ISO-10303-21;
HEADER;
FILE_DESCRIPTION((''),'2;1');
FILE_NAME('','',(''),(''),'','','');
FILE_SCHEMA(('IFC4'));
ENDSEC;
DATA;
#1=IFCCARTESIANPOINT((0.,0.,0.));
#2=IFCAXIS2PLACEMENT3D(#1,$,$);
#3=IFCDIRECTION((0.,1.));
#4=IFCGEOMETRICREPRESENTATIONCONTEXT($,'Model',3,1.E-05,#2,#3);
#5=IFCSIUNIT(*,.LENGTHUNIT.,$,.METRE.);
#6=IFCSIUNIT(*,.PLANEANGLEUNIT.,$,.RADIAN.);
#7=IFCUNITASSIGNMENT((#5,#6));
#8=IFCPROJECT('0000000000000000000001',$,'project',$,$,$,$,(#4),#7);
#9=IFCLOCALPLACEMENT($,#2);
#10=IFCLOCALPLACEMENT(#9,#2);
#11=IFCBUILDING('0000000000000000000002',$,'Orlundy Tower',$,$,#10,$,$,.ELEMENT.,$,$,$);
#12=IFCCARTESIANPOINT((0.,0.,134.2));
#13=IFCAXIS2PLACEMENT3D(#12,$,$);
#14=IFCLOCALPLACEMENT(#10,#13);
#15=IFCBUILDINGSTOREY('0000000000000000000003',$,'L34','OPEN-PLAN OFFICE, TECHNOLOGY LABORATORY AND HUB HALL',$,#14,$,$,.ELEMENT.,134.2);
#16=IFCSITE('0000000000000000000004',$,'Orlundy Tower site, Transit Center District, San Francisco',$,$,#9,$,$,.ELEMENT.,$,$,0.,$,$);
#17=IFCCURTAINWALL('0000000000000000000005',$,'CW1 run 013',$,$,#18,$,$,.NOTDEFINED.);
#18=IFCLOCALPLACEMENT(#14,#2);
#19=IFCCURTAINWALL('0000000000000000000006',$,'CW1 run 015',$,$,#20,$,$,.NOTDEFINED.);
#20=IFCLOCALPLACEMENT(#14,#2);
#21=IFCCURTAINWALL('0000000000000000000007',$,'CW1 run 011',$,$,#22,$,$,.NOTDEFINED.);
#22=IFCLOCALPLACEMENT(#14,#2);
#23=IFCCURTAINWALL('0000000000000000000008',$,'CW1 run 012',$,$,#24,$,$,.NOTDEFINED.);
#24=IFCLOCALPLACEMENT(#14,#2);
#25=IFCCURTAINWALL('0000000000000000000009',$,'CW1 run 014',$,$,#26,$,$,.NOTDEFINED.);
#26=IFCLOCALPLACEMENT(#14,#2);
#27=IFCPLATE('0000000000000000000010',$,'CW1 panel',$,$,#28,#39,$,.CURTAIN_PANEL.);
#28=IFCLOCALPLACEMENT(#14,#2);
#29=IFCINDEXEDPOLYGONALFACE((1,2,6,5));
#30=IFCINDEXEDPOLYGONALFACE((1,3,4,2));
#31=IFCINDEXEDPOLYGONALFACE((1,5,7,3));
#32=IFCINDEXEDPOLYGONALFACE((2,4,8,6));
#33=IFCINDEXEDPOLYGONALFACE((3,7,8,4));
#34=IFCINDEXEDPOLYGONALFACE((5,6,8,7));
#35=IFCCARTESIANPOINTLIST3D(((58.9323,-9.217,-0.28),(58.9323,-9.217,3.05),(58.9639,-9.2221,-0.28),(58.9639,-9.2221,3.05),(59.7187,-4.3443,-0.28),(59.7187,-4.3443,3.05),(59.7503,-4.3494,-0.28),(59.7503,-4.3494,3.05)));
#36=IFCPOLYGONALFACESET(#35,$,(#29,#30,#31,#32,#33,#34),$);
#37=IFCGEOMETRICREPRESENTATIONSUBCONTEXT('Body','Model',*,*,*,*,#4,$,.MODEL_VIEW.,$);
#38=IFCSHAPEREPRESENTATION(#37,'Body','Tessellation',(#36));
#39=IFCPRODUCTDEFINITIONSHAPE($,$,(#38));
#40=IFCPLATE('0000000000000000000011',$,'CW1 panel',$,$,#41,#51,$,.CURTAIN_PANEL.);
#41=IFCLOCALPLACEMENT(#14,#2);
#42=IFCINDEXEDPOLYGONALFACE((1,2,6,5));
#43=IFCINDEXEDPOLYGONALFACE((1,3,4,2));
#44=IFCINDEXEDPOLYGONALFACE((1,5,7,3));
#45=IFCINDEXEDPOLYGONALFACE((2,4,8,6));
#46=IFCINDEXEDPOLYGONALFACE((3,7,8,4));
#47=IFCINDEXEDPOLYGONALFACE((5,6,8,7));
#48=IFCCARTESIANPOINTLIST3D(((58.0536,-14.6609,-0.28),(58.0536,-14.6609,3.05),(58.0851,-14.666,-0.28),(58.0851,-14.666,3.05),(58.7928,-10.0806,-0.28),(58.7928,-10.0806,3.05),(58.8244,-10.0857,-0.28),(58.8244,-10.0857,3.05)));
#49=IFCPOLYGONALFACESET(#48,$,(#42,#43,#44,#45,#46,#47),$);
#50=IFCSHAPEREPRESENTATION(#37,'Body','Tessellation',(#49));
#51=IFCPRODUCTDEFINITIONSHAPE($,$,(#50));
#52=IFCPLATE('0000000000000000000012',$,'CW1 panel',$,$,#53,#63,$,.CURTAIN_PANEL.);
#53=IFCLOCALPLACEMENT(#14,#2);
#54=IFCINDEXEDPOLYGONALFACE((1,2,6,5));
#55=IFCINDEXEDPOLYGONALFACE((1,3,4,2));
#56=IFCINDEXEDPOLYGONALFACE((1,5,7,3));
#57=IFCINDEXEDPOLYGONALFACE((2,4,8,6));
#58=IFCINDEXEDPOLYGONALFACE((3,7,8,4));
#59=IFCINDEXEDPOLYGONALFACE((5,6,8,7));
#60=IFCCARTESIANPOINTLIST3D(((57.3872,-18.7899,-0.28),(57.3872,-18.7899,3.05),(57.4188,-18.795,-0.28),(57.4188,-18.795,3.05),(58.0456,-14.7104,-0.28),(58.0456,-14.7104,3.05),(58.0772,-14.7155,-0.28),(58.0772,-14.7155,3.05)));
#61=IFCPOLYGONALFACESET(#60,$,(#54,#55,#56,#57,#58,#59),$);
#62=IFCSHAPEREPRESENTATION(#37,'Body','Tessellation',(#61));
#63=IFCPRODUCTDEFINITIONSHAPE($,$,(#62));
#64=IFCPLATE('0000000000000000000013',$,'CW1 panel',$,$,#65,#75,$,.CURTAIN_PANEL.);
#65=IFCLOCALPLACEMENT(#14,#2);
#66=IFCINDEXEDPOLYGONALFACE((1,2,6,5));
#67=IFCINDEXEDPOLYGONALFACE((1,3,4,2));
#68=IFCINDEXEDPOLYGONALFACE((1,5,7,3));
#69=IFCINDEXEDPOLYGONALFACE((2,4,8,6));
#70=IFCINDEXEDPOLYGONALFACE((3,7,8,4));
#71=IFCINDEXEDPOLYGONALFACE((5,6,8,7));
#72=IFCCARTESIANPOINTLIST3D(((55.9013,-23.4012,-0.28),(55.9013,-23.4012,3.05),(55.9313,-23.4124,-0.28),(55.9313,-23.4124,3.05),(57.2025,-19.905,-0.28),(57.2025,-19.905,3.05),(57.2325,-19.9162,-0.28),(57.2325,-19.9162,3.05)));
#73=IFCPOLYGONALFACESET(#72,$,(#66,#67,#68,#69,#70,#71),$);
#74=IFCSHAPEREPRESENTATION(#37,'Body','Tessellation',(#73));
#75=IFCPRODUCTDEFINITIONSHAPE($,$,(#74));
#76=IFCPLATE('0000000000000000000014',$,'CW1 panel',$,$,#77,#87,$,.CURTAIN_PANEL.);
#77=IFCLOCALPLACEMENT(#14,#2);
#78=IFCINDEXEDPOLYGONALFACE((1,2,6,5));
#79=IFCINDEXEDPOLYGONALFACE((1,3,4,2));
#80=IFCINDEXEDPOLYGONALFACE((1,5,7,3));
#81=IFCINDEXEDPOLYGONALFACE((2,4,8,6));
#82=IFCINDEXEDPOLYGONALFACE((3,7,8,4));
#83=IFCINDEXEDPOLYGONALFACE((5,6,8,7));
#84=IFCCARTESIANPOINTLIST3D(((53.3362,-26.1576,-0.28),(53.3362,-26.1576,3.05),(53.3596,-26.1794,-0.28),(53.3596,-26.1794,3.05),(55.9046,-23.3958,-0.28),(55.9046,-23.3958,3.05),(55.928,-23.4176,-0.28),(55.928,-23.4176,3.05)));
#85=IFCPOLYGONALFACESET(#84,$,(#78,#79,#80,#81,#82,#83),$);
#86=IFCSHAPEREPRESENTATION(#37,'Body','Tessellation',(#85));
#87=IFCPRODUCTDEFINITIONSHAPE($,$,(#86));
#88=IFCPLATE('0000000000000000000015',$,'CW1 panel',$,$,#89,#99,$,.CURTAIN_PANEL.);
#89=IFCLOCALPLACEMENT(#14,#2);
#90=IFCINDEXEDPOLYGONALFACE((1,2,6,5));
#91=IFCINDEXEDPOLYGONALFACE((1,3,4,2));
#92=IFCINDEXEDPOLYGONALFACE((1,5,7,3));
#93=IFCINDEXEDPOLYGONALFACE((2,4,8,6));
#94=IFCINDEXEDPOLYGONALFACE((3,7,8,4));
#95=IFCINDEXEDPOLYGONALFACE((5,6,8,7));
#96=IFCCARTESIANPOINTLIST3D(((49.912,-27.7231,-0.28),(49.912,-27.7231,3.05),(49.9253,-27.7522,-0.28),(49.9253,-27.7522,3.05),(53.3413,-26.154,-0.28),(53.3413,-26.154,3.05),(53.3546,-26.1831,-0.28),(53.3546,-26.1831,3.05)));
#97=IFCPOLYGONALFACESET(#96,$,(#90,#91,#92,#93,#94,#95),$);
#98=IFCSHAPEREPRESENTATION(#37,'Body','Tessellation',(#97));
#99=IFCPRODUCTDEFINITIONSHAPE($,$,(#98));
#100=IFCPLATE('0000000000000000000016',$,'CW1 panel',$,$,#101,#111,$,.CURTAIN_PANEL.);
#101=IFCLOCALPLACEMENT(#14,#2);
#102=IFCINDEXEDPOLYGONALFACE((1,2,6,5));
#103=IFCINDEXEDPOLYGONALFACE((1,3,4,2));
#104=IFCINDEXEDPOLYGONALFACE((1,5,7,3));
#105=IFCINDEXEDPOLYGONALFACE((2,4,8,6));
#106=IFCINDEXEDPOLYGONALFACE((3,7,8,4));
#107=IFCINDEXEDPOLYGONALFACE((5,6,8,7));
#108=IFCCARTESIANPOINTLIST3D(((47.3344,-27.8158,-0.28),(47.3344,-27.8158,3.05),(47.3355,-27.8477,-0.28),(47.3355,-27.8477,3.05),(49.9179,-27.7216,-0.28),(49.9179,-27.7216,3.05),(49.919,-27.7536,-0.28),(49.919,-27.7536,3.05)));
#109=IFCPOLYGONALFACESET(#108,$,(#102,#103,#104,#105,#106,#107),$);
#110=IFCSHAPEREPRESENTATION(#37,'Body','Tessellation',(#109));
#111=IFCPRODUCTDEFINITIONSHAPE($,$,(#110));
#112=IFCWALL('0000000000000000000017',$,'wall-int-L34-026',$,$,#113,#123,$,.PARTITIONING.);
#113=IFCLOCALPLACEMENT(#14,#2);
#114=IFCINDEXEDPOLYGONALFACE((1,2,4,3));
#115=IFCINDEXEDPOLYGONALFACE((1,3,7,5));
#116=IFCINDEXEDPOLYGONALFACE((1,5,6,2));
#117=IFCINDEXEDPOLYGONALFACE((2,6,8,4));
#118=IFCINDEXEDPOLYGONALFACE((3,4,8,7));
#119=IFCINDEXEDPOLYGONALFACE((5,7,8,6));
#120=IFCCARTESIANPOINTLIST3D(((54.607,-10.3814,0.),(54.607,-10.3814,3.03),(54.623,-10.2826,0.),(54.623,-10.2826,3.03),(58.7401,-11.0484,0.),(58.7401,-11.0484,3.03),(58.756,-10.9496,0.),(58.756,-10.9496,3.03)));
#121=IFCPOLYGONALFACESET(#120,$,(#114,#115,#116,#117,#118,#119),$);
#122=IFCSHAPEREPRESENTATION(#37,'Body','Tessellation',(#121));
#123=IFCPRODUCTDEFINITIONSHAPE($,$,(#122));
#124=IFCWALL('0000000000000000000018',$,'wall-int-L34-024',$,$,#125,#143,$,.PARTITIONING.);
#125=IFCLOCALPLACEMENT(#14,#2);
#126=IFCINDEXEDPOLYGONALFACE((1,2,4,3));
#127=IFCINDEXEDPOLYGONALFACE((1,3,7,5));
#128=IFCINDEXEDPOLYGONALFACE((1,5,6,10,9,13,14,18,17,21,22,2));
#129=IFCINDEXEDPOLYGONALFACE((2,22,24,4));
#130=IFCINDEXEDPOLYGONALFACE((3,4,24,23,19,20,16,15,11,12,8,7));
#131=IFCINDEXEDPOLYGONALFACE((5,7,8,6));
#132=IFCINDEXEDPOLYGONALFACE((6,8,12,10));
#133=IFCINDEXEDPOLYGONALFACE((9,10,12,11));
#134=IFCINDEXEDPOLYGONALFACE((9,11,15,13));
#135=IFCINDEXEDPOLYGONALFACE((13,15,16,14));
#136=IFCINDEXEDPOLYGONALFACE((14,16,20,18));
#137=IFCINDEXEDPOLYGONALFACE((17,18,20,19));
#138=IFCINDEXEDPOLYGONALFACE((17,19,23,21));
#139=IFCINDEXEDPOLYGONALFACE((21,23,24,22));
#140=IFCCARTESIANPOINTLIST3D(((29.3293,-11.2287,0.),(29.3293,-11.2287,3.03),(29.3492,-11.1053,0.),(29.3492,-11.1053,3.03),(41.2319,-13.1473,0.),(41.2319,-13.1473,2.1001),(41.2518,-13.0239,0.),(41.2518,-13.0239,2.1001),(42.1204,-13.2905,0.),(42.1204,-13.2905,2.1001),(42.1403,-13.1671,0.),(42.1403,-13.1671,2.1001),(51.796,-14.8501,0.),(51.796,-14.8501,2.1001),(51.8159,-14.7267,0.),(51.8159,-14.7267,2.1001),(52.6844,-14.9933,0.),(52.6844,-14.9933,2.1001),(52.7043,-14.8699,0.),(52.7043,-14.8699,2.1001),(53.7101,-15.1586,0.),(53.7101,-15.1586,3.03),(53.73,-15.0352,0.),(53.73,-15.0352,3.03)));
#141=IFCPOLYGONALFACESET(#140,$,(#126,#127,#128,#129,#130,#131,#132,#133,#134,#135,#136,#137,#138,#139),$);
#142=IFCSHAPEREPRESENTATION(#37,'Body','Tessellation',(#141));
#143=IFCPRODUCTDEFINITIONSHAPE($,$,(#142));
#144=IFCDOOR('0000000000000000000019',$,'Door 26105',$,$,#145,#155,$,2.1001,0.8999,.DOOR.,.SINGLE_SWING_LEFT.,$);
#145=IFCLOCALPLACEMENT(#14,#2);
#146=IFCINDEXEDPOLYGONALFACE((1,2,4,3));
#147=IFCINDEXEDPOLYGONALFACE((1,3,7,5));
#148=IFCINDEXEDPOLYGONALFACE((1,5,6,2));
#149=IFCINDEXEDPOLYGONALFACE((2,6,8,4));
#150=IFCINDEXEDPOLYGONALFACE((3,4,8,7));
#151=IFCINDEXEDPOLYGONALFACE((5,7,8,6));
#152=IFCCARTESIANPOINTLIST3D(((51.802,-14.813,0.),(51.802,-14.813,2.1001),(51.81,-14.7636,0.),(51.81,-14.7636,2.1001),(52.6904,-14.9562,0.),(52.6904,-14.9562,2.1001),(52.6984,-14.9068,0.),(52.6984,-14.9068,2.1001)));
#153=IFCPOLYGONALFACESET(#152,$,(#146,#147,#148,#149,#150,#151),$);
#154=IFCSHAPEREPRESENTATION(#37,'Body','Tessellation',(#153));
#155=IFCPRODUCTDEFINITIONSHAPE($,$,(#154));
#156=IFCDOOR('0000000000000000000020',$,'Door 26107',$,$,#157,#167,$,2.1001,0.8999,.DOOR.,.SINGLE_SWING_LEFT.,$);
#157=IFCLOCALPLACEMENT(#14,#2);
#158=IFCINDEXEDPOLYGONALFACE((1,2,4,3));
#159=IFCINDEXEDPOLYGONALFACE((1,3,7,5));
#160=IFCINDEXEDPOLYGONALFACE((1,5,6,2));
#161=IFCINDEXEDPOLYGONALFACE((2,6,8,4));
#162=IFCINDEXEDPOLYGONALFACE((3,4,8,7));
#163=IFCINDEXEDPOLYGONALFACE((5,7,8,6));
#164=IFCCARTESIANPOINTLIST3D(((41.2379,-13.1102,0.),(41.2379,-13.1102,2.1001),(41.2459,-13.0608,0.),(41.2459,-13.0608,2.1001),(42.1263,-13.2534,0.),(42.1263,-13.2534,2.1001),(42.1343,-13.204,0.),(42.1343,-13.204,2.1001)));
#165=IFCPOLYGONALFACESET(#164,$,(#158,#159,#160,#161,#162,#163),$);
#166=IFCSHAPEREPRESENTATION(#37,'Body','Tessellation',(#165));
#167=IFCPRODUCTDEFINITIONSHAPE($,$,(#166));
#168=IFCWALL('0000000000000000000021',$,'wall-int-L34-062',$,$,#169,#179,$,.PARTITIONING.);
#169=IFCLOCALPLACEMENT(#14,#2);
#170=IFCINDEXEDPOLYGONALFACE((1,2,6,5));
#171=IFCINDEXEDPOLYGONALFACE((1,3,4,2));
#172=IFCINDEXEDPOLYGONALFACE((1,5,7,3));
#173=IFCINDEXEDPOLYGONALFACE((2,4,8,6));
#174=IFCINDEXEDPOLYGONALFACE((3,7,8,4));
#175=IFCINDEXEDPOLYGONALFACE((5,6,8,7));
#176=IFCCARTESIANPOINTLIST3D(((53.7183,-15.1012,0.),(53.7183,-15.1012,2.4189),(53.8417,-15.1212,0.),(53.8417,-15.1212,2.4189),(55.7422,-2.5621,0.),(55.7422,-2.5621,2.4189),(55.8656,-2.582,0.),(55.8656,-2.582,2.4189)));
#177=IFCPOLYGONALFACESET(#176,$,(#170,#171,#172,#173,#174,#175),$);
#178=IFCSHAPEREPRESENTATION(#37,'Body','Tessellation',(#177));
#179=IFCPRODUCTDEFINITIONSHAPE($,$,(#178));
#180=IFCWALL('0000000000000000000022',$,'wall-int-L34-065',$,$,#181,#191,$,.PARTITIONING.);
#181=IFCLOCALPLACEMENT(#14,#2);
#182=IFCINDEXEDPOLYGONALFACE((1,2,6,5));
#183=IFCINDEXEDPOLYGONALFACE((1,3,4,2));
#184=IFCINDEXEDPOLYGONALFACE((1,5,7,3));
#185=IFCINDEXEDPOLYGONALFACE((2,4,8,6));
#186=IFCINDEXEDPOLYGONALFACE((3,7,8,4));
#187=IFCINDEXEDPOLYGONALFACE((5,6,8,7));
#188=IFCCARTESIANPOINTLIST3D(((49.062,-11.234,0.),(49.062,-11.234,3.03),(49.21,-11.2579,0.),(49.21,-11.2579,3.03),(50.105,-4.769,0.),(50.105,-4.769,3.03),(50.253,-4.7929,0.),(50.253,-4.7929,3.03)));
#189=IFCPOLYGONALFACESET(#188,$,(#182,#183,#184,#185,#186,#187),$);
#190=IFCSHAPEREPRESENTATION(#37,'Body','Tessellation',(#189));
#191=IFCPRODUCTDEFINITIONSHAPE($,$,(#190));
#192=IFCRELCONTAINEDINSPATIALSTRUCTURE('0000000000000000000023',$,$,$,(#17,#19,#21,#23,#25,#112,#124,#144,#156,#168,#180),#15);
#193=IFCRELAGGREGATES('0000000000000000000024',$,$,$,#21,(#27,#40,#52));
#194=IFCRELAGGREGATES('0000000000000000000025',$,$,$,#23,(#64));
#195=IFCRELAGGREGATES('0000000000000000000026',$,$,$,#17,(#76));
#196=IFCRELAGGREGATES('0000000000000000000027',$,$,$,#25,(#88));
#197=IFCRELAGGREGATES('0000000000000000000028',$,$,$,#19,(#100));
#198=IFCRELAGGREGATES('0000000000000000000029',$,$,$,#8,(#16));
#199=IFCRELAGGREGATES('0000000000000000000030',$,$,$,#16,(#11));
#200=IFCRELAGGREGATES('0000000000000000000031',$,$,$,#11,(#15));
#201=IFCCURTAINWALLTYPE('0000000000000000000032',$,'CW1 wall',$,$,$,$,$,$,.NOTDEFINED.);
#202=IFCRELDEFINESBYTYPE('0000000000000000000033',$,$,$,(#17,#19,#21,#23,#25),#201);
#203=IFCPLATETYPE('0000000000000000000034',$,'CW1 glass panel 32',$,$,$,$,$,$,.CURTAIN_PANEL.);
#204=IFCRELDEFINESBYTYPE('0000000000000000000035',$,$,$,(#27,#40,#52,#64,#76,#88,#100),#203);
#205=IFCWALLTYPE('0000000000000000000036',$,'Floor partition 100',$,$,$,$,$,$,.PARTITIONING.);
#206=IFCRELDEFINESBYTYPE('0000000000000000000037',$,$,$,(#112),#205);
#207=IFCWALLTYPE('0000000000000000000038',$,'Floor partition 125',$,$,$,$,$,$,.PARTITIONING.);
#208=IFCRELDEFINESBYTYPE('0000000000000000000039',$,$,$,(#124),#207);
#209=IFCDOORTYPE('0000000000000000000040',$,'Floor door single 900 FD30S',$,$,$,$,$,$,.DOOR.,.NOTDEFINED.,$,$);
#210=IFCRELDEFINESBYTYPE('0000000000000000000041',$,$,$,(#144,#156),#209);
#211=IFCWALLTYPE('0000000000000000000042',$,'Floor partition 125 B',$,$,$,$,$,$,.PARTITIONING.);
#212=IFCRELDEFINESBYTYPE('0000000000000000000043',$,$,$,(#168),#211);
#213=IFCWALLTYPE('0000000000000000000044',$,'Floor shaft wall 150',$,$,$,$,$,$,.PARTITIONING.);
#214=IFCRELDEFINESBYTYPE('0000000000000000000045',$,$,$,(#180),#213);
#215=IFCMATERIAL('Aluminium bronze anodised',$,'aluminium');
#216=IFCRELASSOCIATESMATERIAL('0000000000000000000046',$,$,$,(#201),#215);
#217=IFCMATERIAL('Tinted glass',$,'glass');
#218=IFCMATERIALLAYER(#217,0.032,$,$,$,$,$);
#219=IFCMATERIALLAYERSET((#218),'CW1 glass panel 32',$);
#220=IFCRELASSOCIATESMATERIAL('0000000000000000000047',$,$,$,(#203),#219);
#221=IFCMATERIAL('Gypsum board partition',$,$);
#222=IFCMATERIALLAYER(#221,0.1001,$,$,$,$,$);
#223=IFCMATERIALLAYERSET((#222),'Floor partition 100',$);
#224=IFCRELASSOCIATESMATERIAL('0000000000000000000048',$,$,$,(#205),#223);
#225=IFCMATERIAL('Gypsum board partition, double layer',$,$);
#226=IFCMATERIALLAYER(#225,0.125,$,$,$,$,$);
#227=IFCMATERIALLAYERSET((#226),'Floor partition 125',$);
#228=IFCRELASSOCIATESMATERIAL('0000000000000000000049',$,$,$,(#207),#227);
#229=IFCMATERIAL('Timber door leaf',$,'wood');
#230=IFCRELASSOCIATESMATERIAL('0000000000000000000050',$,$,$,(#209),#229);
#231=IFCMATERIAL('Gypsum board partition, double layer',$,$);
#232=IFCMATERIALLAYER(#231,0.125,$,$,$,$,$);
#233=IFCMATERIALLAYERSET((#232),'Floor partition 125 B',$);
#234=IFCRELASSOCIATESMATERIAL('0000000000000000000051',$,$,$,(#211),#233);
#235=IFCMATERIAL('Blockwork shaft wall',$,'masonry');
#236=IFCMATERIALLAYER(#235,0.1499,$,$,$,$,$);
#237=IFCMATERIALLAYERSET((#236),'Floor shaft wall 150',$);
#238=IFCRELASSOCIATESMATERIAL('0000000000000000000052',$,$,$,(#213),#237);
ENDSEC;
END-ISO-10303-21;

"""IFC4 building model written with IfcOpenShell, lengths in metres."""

from ifc_helpers import new_model, si_unit, direction, frame, frame_2d, origin, origin_2d, place, context, subcontext, project, spatial, rectangle, extrude, material, layer, layer_set, type_object, element, fill, aggregate, save


model = new_model("IFC4")

# Units and contexts
model_context = context("Model", 3, precision=1e-05, world=origin(), true_north=direction((0.0, 1.0)))
body_context = subcontext(model_context, "Body", "Model", "MODEL_VIEW")
ifc_project = project(units=[si_unit("LENGTHUNIT", "METRE"), si_unit("PLANEANGLEUNIT", "RADIAN")], contexts=[model_context])

# Site, building, storey
site_placement = place(None, origin())
site = spatial("IfcSite", under=ifc_project, at=site_placement, Name="Orlundy Tower site, Transit Center District, San Francisco", CompositionType="ELEMENT", RefElevation=0.0)
building_placement = place(site_placement, origin())
building = spatial("IfcBuilding", under=site, at=building_placement, Name="Orlundy Tower", CompositionType="ELEMENT")
storey_placement = place(building_placement, frame((0.0, 0.0, 134.2)))
storey = spatial("IfcBuildingStorey", under=building, at=storey_placement, Name="L34", Description="OPEN-PLAN OFFICE, TECHNOLOGY LABORATORY AND HUB HALL", CompositionType="ELEMENT", Elevation=134.2)

# Curtain walls
ifc_material_1 = material(Name="Aluminium bronze anodised", Category="aluminium")
curtain_wall_type = type_object("IfcCurtainWallType", Name="CW1 wall", PredefinedType="NOTDEFINED", material=ifc_material_1)
curtain_wall_1_placement = place(storey_placement, origin())
curtain_wall_1 = element("IfcCurtainWall", 1, at=curtain_wall_1_placement, inside=storey, type_object=curtain_wall_type, Name="CW1 run 013", PredefinedType="NOTDEFINED")
curtain_wall_2_placement = place(storey_placement, origin())
curtain_wall_2 = element("IfcCurtainWall", 2, at=curtain_wall_2_placement, inside=storey, type_object=curtain_wall_type, Name="CW1 run 015", PredefinedType="NOTDEFINED")
curtain_wall_3_placement = place(storey_placement, origin())
curtain_wall_3 = element("IfcCurtainWall", 3, at=curtain_wall_3_placement, inside=storey, type_object=curtain_wall_type, Name="CW1 run 011", PredefinedType="NOTDEFINED")
curtain_wall_4_placement = place(storey_placement, origin())
curtain_wall_4 = element("IfcCurtainWall", 4, at=curtain_wall_4_placement, inside=storey, type_object=curtain_wall_type, Name="CW1 run 012", PredefinedType="NOTDEFINED")

# Curtain wall
curtain_wall_5_placement = place(storey_placement, origin())
curtain_wall_5 = element("IfcCurtainWall", 5, at=curtain_wall_5_placement, inside=storey, type_object=curtain_wall_type, Name="CW1 run 014", PredefinedType="NOTDEFINED")

# Plates
ifc_material_2 = material(Name="Tinted glass", Category="glass")
ifc_layer_1 = layer(ifc_material_2, 0.032)
ifc_layer_set_1 = layer_set([ifc_layer_1], Name="CW1 glass panel 32")
plate_type = type_object("IfcPlateType", Name="CW1 glass panel 32", PredefinedType="CURTAIN_PANEL", material=ifc_layer_set_1)
plate_1_placement = place(storey_placement, frame((59.3413, -6.7832, -0.28), z_axis=(0.0, 0.0, 1.0), x_axis=(-0.159331, -0.987225, 0.0)))
plate_1 = element("IfcPlate", 6, at=plate_1_placement, type_object=plate_type, Name="CW1 panel", PredefinedType="CURTAIN_PANEL", context=body_context, shape_type="SweptSolid", body=[
    extrude(rectangle(XDim=4.9358, YDim=0.032, at=origin_2d()), origin(), (0.0, 0.0, 1.0), 3.3301),
])
plate_2_placement = place(storey_placement, frame((58.439, -12.3733, -0.28), z_axis=(0.0, 0.0, 1.0), x_axis=(-0.159331, -0.987225, 0.0)))
plate_2 = element("IfcPlate", 7, at=plate_2_placement, type_object=plate_type, Name="CW1 panel", PredefinedType="CURTAIN_PANEL", context=body_context, shape_type="SweptSolid", body=[
    extrude(rectangle(XDim=4.6396, YDim=0.032, at=origin_2d()), origin(), (0.0, 0.0, 1.0), 3.3301),
])
plate_3_placement = place(storey_placement, frame((57.7322, -16.7527, -0.28), z_axis=(0.0, 0.0, 1.0), x_axis=(-0.159331, -0.987225, 0.0)))
plate_3 = element("IfcPlate", 8, at=plate_3_placement, type_object=plate_type, Name="CW1 panel", PredefinedType="CURTAIN_PANEL", context=body_context, shape_type="SweptSolid", body=[
    extrude(rectangle(XDim=4.1323, YDim=0.032, at=origin_2d()), origin(), (0.0, 0.0, 1.0), 3.3301),
])
aggregate(curtain_wall_3, [plate_1, plate_2, plate_3])
plate_4_placement = place(storey_placement, frame((56.5669, -21.6587, -0.28), z_axis=(0.0, 0.0, 1.0), x_axis=(-0.348816, -0.937191, 0.0)))
plate_4 = element("IfcPlate", 9, at=plate_4_placement, type_object=plate_type, Name="CW1 panel", PredefinedType="CURTAIN_PANEL", context=body_context, shape_type="SweptSolid", body=[
    extrude(rectangle(XDim=3.7305, YDim=0.032, at=origin_2d()), origin(), (0.0, 0.0, 1.0), 3.3301),
])
aggregate(curtain_wall_4, [plate_4])
plate_5_placement = place(storey_placement, frame((54.6321, -24.7876, -0.28), z_axis=(0.0, 0.0, 1.0), x_axis=(-0.68101, -0.732274, 0.0)))
plate_5 = element("IfcPlate", 10, at=plate_5_placement, type_object=plate_type, Name="CW1 panel", PredefinedType="CURTAIN_PANEL", context=body_context, shape_type="SweptSolid", body=[
    extrude(rectangle(XDim=3.7715, YDim=0.032, at=origin_2d()), origin(), (0.0, 0.0, 1.0), 3.3301),
])
aggregate(curtain_wall_1, [plate_5])
plate_6_placement = place(storey_placement, frame((51.6333, -26.9531, -0.28), z_axis=(0.0, 0.0, 1.0), x_axis=(-0.909329, -0.416079, 0.0)))
plate_6 = element("IfcPlate", 11, at=plate_6_placement, type_object=plate_type, Name="CW1 panel", PredefinedType="CURTAIN_PANEL", context=body_context, shape_type="SweptSolid", body=[
    extrude(rectangle(XDim=3.7712, YDim=0.032, at=origin_2d()), origin(), (0.0, 0.0, 1.0), 3.3301),
])
aggregate(curtain_wall_5, [plate_6])
plate_7_placement = place(storey_placement, frame((48.6267, -27.7847, -0.28), z_axis=(0.0, 0.0, 1.0), x_axis=(-0.999337, -0.036413, 0.0)))
plate_7 = element("IfcPlate", 12, at=plate_7_placement, type_object=plate_type, Name="CW1 panel", PredefinedType="CURTAIN_PANEL", context=body_context, shape_type="SweptSolid", body=[
    extrude(rectangle(XDim=2.5852, YDim=0.032, at=origin_2d()), origin(), (0.0, 0.0, 1.0), 3.3301),
])
aggregate(curtain_wall_2, [plate_7])

# Wall
ifc_material_3 = material(Name="Gypsum board partition")
ifc_layer_2 = layer(ifc_material_3, 0.1001)
ifc_layer_set_2 = layer_set([ifc_layer_2], Name="Floor partition 100")
wall_type_1 = type_object("IfcWallType", Name="Floor partition 100", PredefinedType="PARTITIONING", material=ifc_layer_set_2)
wall_1_placement = place(storey_placement, frame((54.615, -10.332, 0.0), z_axis=(0.0, 0.0, 1.0), x_axis=(0.987227, -0.159319, 0.0)))
element("IfcWall", 13, at=wall_1_placement, inside=storey, type_object=wall_type_1, Name="wall-int-L34-026", PredefinedType="PARTITIONING", context=body_context, shape_type="SweptSolid", body=[
    extrude(rectangle(XDim=4.1865, YDim=0.1001, at=frame_2d((2.0933, 0.0))), origin(), (0.0, 0.0, 1.0), 3.03),
])

# Wall, openings, doors
ifc_material_4 = material(Name="Gypsum board partition, double layer")
ifc_layer_3 = layer(ifc_material_4, 0.125)
ifc_layer_set_3 = layer_set([ifc_layer_3], Name="Floor partition 125")
wall_type_2 = type_object("IfcWallType", Name="Floor partition 125", PredefinedType="PARTITIONING", material=ifc_layer_set_3)
wall_2_placement = place(storey_placement, frame((53.72, -15.0969, 0.0), z_axis=(0.0, 0.0, 1.0), x_axis=(-0.987257, 0.159135, 0.0)))
wall_2 = element("IfcWall", 14, at=wall_2_placement, inside=storey, type_object=wall_type_2, Name="wall-int-L34-024", PredefinedType="PARTITIONING", context=body_context, shape_type="SweptSolid", body=[
    extrude(rectangle(XDim=24.6956, YDim=0.125, at=frame_2d((12.3477, 0.0))), origin(), (0.0, 0.0, 1.0), 3.03),
])
opening_1_placement = place(wall_2_placement, frame((1.0388, 0.0, 0.0)))
opening_1 = element("IfcOpeningElement", 15, at=opening_1_placement, cuts=wall_2, PredefinedType="OPENING", context=body_context, shape_type="SweptSolid", body=[
    extrude(rectangle(XDim=0.8999, YDim=2.1001, at=frame_2d((0.45, 1.05))), frame((0.0, 0.0725, 0.0), z_axis=(0.0, -1.0, 0.0), x_axis=(1.0, 0.0, 0.0)), (0.0, 0.0, 1.0), 0.145),
])
opening_2_placement = place(wall_2_placement, frame((11.7393, 0.0, 0.0)))
opening_2 = element("IfcOpeningElement", 16, at=opening_2_placement, cuts=wall_2, PredefinedType="OPENING", context=body_context, shape_type="SweptSolid", body=[
    extrude(rectangle(XDim=0.8999, YDim=2.1001, at=frame_2d((0.45, 1.05))), frame((0.0, 0.0725, 0.0), z_axis=(0.0, -1.0, 0.0), x_axis=(1.0, 0.0, 0.0)), (0.0, 0.0, 1.0), 0.145),
])
ifc_material_5 = material(Name="Timber door leaf", Category="wood")
door_type_1 = type_object("IfcDoorType", Name="Floor door single 900 FD30S", OperationType="NOTDEFINED", PredefinedType="DOOR", material=ifc_material_5)
door_1_placement = place(opening_1_placement, origin())
door_1 = element("IfcDoor", 17, at=door_1_placement, inside=storey, type_object=door_type_1, Name="Door 26105", OperationType="SINGLE_SWING_LEFT", OverallHeight=2.1001, OverallWidth=0.8999, PredefinedType="DOOR", context=body_context, shape_type="SweptSolid", body=[
    extrude(rectangle(XDim=0.8999, YDim=2.1001, at=frame_2d((0.45, 1.05))), frame((0.0, 0.0249, 0.0), z_axis=(0.0, -1.0, 0.0), x_axis=(1.0, 0.0, 0.0)), (0.0, 0.0, 1.0), 0.05),
])
fill(opening_1, door_1)
door_2_placement = place(opening_2_placement, origin())
door_2 = element("IfcDoor", 18, at=door_2_placement, inside=storey, type_object=door_type_1, Name="Door 26107", OperationType="SINGLE_SWING_LEFT", OverallHeight=2.1001, OverallWidth=0.8999, PredefinedType="DOOR", context=body_context, shape_type="SweptSolid", body=[
    extrude(rectangle(XDim=0.8999, YDim=2.1001, at=frame_2d((0.45, 1.05))), frame((0.0, 0.0249, 0.0), z_axis=(0.0, -1.0, 0.0), x_axis=(1.0, 0.0, 0.0)), (0.0, 0.0, 1.0), 0.05),
])
fill(opening_2, door_2)

# Walls
ifc_material_6 = material(Name="Gypsum board partition, double layer")
ifc_layer_4 = layer(ifc_material_6, 0.125)
ifc_layer_set_4 = layer_set([ifc_layer_4], Name="Floor partition 125 B")
wall_type_3 = type_object("IfcWallType", Name="Floor partition 125 B", PredefinedType="PARTITIONING", material=ifc_layer_set_4)
wall_3_placement = place(storey_placement, frame((53.78, -15.1111, 0.0), z_axis=(0.0, 0.0, 1.0), x_axis=(0.159347, 0.987223, 0.0)))
element("IfcWall", 19, at=wall_3_placement, inside=storey, type_object=wall_type_3, Name="wall-int-L34-062", PredefinedType="PARTITIONING", context=body_context, shape_type="SweptSolid", body=[
    extrude(rectangle(XDim=12.7014, YDim=0.125, at=frame_2d((6.3506, 0.0))), origin(), (0.0, 0.0, 1.0), 2.4189),
])
ifc_material_7 = material(Name="Blockwork shaft wall", Category="masonry")
ifc_layer_5 = layer(ifc_material_7, 0.1499)
ifc_layer_set_5 = layer_set([ifc_layer_5], Name="Floor shaft wall 150")
wall_type_4 = type_object("IfcWallType", Name="Floor shaft wall 150", PredefinedType="PARTITIONING", material=ifc_layer_set_5)
wall_4_placement = place(storey_placement, frame((49.136, -11.2461, 0.0), z_axis=(0.0, 0.0, 1.0), x_axis=(0.159264, 0.987236, 0.0)))
element("IfcWall", 20, at=wall_4_placement, inside=storey, type_object=wall_type_4, Name="wall-int-L34-065", PredefinedType="PARTITIONING", context=body_context, shape_type="SweptSolid", body=[
    extrude(rectangle(XDim=6.5486, YDim=0.1499, at=frame_2d((3.2744, 0.0))), origin(), (0.0, 0.0, 1.0), 3.03),
])

save(model, "model.ifc")
